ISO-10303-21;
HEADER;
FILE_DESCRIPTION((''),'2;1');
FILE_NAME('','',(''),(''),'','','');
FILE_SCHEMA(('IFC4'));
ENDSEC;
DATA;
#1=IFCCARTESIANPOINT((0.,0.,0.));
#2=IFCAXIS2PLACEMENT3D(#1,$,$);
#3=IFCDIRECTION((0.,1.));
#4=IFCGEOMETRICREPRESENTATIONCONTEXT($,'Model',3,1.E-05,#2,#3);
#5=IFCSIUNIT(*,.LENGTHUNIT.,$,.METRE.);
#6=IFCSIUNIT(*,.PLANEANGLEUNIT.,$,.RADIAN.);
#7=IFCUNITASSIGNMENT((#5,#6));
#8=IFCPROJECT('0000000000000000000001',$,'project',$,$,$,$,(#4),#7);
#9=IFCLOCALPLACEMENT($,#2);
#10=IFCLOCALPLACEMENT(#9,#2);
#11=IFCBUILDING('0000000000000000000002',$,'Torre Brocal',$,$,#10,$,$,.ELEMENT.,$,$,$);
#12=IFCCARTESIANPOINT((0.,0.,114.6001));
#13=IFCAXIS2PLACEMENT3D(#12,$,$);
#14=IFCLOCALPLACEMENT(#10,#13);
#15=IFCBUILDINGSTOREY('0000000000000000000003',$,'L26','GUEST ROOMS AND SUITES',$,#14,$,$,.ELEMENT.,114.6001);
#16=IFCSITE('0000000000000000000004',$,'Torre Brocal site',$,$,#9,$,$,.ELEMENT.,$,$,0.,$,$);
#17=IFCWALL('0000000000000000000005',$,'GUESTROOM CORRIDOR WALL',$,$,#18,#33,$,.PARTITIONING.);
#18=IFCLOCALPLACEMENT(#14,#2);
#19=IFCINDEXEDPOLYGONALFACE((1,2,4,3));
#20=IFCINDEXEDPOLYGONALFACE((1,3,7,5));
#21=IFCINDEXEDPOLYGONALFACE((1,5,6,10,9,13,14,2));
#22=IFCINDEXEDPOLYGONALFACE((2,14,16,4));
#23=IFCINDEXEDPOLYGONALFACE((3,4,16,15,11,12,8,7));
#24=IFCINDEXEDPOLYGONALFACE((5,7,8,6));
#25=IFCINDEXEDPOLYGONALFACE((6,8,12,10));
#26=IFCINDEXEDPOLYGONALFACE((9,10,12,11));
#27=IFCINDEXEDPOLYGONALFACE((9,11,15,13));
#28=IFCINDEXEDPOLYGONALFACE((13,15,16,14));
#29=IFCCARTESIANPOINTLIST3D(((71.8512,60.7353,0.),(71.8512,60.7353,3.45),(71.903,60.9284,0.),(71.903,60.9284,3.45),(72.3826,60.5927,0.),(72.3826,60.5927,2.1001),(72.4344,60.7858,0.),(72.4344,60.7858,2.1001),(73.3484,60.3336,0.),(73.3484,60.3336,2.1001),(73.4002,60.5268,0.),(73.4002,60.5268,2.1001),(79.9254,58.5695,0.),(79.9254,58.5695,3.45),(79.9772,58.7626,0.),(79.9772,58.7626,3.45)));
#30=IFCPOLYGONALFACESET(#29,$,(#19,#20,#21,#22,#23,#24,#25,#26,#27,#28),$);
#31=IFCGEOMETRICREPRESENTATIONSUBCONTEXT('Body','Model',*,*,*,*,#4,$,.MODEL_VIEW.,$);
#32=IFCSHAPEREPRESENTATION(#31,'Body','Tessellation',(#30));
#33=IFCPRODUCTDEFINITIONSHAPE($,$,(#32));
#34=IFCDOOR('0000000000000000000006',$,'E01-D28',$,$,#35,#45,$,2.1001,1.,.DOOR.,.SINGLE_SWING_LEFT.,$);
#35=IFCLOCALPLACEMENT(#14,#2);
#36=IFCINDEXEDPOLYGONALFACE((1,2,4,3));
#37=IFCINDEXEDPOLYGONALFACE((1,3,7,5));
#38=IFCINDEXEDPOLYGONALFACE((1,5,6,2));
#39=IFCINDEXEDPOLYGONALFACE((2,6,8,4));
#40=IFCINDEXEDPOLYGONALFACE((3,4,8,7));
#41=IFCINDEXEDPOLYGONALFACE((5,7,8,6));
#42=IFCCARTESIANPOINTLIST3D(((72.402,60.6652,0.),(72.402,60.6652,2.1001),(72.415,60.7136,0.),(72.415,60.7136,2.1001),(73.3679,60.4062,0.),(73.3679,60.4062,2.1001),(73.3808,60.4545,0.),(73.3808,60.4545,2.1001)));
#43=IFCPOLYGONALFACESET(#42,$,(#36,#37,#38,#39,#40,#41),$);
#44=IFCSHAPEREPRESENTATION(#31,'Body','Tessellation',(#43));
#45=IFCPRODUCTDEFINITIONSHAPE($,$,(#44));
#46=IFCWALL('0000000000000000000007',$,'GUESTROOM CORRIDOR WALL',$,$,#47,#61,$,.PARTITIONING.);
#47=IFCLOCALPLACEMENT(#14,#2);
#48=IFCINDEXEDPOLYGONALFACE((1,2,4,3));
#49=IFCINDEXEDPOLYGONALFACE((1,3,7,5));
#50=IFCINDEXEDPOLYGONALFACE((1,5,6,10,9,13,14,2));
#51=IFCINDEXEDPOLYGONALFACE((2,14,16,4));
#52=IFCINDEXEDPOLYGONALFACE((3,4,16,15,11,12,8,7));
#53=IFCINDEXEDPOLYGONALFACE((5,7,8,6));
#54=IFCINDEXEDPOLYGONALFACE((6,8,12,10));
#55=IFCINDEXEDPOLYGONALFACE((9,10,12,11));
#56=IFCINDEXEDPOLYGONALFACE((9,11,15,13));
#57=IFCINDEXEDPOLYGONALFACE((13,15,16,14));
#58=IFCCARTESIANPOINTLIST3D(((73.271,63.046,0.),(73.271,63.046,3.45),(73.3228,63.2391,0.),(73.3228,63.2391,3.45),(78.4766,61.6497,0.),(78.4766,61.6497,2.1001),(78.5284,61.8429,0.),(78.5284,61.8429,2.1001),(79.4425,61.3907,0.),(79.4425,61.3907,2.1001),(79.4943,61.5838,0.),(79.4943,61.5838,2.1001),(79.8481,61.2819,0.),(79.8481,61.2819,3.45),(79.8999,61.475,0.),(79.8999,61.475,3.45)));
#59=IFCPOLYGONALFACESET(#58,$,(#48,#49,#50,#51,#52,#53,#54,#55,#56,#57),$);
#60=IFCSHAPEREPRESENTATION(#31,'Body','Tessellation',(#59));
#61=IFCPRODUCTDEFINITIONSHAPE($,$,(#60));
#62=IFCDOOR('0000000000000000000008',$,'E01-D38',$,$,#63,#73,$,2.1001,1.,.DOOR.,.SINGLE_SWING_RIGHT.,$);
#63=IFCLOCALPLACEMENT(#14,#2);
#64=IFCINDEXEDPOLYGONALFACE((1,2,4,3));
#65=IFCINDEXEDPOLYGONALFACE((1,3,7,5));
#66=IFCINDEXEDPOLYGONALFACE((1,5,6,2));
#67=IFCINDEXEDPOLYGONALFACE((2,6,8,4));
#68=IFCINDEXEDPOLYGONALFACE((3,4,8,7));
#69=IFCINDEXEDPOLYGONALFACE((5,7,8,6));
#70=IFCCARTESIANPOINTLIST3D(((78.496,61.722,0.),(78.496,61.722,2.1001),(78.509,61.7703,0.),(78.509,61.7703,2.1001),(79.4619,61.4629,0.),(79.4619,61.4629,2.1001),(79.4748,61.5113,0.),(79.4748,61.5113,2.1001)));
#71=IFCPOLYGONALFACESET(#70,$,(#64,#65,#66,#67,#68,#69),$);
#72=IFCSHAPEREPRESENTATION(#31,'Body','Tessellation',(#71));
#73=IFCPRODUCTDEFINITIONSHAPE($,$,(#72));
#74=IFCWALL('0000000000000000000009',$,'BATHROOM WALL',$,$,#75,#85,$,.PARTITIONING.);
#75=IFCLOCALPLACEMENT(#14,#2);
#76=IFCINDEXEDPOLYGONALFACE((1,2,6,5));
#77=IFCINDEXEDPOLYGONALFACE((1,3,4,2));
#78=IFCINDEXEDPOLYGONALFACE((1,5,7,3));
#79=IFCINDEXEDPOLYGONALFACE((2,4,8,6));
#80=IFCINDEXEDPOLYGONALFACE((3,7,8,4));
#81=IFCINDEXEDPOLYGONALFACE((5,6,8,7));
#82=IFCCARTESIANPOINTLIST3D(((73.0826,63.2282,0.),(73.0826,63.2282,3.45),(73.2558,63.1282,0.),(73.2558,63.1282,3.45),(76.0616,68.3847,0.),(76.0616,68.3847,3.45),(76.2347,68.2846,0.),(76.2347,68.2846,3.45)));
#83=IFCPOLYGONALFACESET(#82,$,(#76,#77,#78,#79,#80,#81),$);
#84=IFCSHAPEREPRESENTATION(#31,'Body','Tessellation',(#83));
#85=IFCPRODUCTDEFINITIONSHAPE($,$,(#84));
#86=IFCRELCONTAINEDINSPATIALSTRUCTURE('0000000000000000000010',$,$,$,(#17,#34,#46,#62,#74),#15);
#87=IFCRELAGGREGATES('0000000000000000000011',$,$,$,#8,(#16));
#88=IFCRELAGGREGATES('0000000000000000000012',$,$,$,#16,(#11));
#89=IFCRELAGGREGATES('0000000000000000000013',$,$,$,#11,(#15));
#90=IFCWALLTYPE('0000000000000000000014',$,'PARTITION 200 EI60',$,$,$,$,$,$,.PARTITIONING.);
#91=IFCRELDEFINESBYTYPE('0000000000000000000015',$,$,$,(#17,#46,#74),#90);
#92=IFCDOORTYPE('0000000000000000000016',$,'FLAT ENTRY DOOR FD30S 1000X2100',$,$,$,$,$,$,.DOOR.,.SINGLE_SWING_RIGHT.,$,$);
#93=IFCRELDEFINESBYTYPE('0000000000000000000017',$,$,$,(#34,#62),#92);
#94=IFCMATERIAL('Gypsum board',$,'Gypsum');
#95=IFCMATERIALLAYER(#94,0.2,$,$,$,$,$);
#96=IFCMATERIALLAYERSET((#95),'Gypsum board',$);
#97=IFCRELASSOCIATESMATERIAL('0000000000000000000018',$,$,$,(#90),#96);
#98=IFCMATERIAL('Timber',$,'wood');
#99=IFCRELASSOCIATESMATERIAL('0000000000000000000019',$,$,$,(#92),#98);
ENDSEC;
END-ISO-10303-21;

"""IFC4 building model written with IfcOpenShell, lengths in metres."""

from ifc_helpers import new_model, si_unit, direction, frame, frame_2d, origin, place, context, subcontext, project, spatial, rectangle, extrude, material, layer, layer_set, type_object, element, fill, save


model = new_model("IFC4")

# Units and contexts
model_context = context("Model", 3, precision=1e-05, world=origin(), true_north=direction((0.0, 1.0)))
body_context = subcontext(model_context, "Body", "Model", "MODEL_VIEW")
ifc_project = project(units=[si_unit("LENGTHUNIT", "METRE"), si_unit("PLANEANGLEUNIT", "RADIAN")], contexts=[model_context])

# Site, building, storey
site_placement = place(None, origin())
site = spatial("IfcSite", under=ifc_project, at=site_placement, Name="Torre Brocal site", CompositionType="ELEMENT", RefElevation=0.0)
building_placement = place(site_placement, origin())
building = spatial("IfcBuilding", under=site, at=building_placement, Name="Torre Brocal", CompositionType="ELEMENT")
storey_placement = place(building_placement, frame((0.0, 0.0, 114.6001)))
storey = spatial("IfcBuildingStorey", under=building, at=storey_placement, Name="L26", Description="GUEST ROOMS AND SUITES", CompositionType="ELEMENT", Elevation=114.6001)

# Walls, openings, doors
ifc_material_1 = material(Name="Gypsum board", Category="Gypsum")
ifc_layer_1 = layer(ifc_material_1, 0.2)
ifc_layer_set_1 = layer_set([ifc_layer_1], Name="Gypsum board")
wall_type_1 = type_object("IfcWallType", Name="PARTITION 200 EI60", PredefinedType="PARTITIONING", material=ifc_layer_set_1)
ifc_material_2 = material(Name="Timber", Category="wood")
door_type_1 = type_object("IfcDoorType", Name="FLAT ENTRY DOOR FD30S 1000X2100", OperationType="SINGLE_SWING_RIGHT", PredefinedType="DOOR", material=ifc_material_2)
wall_1_placement = place(storey_placement, frame((71.8772, 60.8318, 0.0), z_axis=(0.0, 0.0, 1.0), x_axis=(0.965857, -0.259075, 0.0)))
wall_1 = element("IfcWall", 1, at=wall_1_placement, inside=storey, type_object=wall_type_1, Name="GUESTROOM CORRIDOR WALL", PredefinedType="PARTITIONING", context=body_context, shape_type="SweptSolid", body=[
    extrude(rectangle(XDim=8.3596, YDim=0.2, at=frame_2d((4.1797, 0.0))), origin(), (0.0, 0.0, 1.0), 3.45),
])
opening_1_placement = place(wall_1_placement, frame((0.55, 0.0, 0.0)))
opening_1 = element("IfcOpeningElement", 2, at=opening_1_placement, cuts=wall_1, PredefinedType="OPENING", context=body_context, shape_type="SweptSolid", body=[
    extrude(rectangle(XDim=1.0, YDim=2.1001, at=frame_2d((0.5, 1.05))), frame((0.0, 0.1099, 0.0), z_axis=(0.0, -1.0, 0.0), x_axis=(1.0, 0.0, 0.0)), (0.0, 0.0, 1.0), 0.22),
])
door_1_placement = place(opening_1_placement, frame((1.0, 0.0, 0.0), z_axis=(0.0, 0.0, 1.0), x_axis=(-1.0, 0.0, 0.0)))
door_1 = element("IfcDoor", 3, at=door_1_placement, inside=storey, type_object=door_type_1, Name="E01-D28", OperationType="SINGLE_SWING_LEFT", OverallHeight=2.1001, OverallWidth=1.0, PredefinedType="DOOR", context=body_context, shape_type="SweptSolid", body=[
    extrude(rectangle(XDim=1.0, YDim=2.1001, at=frame_2d((0.5, 1.05))), frame((0.0, 0.0249, 0.0), z_axis=(0.0, -1.0, 0.0), x_axis=(1.0, 0.0, 0.0)), (0.0, 0.0, 1.0), 0.05),
])
fill(opening_1, door_1)
wall_2_placement = place(storey_placement, frame((73.2969, 63.1426, 0.0), z_axis=(0.0, 0.0, 1.0), x_axis=(0.965859, -0.259068, 0.0)))
wall_2 = element("IfcWall", 4, at=wall_2_placement, inside=storey, type_object=wall_type_1, Name="GUESTROOM CORRIDOR WALL", PredefinedType="PARTITIONING", context=body_context, shape_type="SweptSolid", body=[
    extrude(rectangle(XDim=6.8096, YDim=0.2, at=frame_2d((3.4048, 0.0))), origin(), (0.0, 0.0, 1.0), 3.45),
])
opening_2_placement = place(wall_2_placement, frame((5.3896, 0.0, 0.0)))
opening_2 = element("IfcOpeningElement", 5, at=opening_2_placement, cuts=wall_2, PredefinedType="OPENING", context=body_context, shape_type="SweptSolid", body=[
    extrude(rectangle(XDim=1.0, YDim=2.1001, at=frame_2d((0.5, 1.05))), frame((0.0, 0.1099, 0.0), z_axis=(0.0, -1.0, 0.0), x_axis=(1.0, 0.0, 0.0)), (0.0, 0.0, 1.0), 0.22),
])
door_2_placement = place(opening_2_placement, origin())
door_2 = element("IfcDoor", 6, at=door_2_placement, inside=storey, type_object=door_type_1, Name="E01-D38", OperationType="SINGLE_SWING_RIGHT", OverallHeight=2.1001, OverallWidth=1.0, PredefinedType="DOOR", context=body_context, shape_type="SweptSolid", body=[
    extrude(rectangle(XDim=1.0, YDim=2.1001, at=frame_2d((0.5, 1.05))), frame((0.0, 0.0249, 0.0), z_axis=(0.0, -1.0, 0.0), x_axis=(1.0, 0.0, 0.0)), (0.0, 0.0, 1.0), 0.05),
])
fill(opening_2, door_2)

# Wall
wall_3_placement = place(storey_placement, frame((73.1692, 63.1782, 0.0), z_axis=(0.0, 0.0, 1.0), x_axis=(0.500239, 0.865887, 0.0)))
element("IfcWall", 7, at=wall_3_placement, inside=storey, type_object=wall_type_1, Name="BATHROOM WALL", PredefinedType="PARTITIONING", context=body_context, shape_type="SweptSolid", body=[
    extrude(rectangle(XDim=5.9551, YDim=0.2, at=frame_2d((2.9775, 0.0))), origin(), (0.0, 0.0, 1.0), 3.45),
])

save(model, "model.ifc")
